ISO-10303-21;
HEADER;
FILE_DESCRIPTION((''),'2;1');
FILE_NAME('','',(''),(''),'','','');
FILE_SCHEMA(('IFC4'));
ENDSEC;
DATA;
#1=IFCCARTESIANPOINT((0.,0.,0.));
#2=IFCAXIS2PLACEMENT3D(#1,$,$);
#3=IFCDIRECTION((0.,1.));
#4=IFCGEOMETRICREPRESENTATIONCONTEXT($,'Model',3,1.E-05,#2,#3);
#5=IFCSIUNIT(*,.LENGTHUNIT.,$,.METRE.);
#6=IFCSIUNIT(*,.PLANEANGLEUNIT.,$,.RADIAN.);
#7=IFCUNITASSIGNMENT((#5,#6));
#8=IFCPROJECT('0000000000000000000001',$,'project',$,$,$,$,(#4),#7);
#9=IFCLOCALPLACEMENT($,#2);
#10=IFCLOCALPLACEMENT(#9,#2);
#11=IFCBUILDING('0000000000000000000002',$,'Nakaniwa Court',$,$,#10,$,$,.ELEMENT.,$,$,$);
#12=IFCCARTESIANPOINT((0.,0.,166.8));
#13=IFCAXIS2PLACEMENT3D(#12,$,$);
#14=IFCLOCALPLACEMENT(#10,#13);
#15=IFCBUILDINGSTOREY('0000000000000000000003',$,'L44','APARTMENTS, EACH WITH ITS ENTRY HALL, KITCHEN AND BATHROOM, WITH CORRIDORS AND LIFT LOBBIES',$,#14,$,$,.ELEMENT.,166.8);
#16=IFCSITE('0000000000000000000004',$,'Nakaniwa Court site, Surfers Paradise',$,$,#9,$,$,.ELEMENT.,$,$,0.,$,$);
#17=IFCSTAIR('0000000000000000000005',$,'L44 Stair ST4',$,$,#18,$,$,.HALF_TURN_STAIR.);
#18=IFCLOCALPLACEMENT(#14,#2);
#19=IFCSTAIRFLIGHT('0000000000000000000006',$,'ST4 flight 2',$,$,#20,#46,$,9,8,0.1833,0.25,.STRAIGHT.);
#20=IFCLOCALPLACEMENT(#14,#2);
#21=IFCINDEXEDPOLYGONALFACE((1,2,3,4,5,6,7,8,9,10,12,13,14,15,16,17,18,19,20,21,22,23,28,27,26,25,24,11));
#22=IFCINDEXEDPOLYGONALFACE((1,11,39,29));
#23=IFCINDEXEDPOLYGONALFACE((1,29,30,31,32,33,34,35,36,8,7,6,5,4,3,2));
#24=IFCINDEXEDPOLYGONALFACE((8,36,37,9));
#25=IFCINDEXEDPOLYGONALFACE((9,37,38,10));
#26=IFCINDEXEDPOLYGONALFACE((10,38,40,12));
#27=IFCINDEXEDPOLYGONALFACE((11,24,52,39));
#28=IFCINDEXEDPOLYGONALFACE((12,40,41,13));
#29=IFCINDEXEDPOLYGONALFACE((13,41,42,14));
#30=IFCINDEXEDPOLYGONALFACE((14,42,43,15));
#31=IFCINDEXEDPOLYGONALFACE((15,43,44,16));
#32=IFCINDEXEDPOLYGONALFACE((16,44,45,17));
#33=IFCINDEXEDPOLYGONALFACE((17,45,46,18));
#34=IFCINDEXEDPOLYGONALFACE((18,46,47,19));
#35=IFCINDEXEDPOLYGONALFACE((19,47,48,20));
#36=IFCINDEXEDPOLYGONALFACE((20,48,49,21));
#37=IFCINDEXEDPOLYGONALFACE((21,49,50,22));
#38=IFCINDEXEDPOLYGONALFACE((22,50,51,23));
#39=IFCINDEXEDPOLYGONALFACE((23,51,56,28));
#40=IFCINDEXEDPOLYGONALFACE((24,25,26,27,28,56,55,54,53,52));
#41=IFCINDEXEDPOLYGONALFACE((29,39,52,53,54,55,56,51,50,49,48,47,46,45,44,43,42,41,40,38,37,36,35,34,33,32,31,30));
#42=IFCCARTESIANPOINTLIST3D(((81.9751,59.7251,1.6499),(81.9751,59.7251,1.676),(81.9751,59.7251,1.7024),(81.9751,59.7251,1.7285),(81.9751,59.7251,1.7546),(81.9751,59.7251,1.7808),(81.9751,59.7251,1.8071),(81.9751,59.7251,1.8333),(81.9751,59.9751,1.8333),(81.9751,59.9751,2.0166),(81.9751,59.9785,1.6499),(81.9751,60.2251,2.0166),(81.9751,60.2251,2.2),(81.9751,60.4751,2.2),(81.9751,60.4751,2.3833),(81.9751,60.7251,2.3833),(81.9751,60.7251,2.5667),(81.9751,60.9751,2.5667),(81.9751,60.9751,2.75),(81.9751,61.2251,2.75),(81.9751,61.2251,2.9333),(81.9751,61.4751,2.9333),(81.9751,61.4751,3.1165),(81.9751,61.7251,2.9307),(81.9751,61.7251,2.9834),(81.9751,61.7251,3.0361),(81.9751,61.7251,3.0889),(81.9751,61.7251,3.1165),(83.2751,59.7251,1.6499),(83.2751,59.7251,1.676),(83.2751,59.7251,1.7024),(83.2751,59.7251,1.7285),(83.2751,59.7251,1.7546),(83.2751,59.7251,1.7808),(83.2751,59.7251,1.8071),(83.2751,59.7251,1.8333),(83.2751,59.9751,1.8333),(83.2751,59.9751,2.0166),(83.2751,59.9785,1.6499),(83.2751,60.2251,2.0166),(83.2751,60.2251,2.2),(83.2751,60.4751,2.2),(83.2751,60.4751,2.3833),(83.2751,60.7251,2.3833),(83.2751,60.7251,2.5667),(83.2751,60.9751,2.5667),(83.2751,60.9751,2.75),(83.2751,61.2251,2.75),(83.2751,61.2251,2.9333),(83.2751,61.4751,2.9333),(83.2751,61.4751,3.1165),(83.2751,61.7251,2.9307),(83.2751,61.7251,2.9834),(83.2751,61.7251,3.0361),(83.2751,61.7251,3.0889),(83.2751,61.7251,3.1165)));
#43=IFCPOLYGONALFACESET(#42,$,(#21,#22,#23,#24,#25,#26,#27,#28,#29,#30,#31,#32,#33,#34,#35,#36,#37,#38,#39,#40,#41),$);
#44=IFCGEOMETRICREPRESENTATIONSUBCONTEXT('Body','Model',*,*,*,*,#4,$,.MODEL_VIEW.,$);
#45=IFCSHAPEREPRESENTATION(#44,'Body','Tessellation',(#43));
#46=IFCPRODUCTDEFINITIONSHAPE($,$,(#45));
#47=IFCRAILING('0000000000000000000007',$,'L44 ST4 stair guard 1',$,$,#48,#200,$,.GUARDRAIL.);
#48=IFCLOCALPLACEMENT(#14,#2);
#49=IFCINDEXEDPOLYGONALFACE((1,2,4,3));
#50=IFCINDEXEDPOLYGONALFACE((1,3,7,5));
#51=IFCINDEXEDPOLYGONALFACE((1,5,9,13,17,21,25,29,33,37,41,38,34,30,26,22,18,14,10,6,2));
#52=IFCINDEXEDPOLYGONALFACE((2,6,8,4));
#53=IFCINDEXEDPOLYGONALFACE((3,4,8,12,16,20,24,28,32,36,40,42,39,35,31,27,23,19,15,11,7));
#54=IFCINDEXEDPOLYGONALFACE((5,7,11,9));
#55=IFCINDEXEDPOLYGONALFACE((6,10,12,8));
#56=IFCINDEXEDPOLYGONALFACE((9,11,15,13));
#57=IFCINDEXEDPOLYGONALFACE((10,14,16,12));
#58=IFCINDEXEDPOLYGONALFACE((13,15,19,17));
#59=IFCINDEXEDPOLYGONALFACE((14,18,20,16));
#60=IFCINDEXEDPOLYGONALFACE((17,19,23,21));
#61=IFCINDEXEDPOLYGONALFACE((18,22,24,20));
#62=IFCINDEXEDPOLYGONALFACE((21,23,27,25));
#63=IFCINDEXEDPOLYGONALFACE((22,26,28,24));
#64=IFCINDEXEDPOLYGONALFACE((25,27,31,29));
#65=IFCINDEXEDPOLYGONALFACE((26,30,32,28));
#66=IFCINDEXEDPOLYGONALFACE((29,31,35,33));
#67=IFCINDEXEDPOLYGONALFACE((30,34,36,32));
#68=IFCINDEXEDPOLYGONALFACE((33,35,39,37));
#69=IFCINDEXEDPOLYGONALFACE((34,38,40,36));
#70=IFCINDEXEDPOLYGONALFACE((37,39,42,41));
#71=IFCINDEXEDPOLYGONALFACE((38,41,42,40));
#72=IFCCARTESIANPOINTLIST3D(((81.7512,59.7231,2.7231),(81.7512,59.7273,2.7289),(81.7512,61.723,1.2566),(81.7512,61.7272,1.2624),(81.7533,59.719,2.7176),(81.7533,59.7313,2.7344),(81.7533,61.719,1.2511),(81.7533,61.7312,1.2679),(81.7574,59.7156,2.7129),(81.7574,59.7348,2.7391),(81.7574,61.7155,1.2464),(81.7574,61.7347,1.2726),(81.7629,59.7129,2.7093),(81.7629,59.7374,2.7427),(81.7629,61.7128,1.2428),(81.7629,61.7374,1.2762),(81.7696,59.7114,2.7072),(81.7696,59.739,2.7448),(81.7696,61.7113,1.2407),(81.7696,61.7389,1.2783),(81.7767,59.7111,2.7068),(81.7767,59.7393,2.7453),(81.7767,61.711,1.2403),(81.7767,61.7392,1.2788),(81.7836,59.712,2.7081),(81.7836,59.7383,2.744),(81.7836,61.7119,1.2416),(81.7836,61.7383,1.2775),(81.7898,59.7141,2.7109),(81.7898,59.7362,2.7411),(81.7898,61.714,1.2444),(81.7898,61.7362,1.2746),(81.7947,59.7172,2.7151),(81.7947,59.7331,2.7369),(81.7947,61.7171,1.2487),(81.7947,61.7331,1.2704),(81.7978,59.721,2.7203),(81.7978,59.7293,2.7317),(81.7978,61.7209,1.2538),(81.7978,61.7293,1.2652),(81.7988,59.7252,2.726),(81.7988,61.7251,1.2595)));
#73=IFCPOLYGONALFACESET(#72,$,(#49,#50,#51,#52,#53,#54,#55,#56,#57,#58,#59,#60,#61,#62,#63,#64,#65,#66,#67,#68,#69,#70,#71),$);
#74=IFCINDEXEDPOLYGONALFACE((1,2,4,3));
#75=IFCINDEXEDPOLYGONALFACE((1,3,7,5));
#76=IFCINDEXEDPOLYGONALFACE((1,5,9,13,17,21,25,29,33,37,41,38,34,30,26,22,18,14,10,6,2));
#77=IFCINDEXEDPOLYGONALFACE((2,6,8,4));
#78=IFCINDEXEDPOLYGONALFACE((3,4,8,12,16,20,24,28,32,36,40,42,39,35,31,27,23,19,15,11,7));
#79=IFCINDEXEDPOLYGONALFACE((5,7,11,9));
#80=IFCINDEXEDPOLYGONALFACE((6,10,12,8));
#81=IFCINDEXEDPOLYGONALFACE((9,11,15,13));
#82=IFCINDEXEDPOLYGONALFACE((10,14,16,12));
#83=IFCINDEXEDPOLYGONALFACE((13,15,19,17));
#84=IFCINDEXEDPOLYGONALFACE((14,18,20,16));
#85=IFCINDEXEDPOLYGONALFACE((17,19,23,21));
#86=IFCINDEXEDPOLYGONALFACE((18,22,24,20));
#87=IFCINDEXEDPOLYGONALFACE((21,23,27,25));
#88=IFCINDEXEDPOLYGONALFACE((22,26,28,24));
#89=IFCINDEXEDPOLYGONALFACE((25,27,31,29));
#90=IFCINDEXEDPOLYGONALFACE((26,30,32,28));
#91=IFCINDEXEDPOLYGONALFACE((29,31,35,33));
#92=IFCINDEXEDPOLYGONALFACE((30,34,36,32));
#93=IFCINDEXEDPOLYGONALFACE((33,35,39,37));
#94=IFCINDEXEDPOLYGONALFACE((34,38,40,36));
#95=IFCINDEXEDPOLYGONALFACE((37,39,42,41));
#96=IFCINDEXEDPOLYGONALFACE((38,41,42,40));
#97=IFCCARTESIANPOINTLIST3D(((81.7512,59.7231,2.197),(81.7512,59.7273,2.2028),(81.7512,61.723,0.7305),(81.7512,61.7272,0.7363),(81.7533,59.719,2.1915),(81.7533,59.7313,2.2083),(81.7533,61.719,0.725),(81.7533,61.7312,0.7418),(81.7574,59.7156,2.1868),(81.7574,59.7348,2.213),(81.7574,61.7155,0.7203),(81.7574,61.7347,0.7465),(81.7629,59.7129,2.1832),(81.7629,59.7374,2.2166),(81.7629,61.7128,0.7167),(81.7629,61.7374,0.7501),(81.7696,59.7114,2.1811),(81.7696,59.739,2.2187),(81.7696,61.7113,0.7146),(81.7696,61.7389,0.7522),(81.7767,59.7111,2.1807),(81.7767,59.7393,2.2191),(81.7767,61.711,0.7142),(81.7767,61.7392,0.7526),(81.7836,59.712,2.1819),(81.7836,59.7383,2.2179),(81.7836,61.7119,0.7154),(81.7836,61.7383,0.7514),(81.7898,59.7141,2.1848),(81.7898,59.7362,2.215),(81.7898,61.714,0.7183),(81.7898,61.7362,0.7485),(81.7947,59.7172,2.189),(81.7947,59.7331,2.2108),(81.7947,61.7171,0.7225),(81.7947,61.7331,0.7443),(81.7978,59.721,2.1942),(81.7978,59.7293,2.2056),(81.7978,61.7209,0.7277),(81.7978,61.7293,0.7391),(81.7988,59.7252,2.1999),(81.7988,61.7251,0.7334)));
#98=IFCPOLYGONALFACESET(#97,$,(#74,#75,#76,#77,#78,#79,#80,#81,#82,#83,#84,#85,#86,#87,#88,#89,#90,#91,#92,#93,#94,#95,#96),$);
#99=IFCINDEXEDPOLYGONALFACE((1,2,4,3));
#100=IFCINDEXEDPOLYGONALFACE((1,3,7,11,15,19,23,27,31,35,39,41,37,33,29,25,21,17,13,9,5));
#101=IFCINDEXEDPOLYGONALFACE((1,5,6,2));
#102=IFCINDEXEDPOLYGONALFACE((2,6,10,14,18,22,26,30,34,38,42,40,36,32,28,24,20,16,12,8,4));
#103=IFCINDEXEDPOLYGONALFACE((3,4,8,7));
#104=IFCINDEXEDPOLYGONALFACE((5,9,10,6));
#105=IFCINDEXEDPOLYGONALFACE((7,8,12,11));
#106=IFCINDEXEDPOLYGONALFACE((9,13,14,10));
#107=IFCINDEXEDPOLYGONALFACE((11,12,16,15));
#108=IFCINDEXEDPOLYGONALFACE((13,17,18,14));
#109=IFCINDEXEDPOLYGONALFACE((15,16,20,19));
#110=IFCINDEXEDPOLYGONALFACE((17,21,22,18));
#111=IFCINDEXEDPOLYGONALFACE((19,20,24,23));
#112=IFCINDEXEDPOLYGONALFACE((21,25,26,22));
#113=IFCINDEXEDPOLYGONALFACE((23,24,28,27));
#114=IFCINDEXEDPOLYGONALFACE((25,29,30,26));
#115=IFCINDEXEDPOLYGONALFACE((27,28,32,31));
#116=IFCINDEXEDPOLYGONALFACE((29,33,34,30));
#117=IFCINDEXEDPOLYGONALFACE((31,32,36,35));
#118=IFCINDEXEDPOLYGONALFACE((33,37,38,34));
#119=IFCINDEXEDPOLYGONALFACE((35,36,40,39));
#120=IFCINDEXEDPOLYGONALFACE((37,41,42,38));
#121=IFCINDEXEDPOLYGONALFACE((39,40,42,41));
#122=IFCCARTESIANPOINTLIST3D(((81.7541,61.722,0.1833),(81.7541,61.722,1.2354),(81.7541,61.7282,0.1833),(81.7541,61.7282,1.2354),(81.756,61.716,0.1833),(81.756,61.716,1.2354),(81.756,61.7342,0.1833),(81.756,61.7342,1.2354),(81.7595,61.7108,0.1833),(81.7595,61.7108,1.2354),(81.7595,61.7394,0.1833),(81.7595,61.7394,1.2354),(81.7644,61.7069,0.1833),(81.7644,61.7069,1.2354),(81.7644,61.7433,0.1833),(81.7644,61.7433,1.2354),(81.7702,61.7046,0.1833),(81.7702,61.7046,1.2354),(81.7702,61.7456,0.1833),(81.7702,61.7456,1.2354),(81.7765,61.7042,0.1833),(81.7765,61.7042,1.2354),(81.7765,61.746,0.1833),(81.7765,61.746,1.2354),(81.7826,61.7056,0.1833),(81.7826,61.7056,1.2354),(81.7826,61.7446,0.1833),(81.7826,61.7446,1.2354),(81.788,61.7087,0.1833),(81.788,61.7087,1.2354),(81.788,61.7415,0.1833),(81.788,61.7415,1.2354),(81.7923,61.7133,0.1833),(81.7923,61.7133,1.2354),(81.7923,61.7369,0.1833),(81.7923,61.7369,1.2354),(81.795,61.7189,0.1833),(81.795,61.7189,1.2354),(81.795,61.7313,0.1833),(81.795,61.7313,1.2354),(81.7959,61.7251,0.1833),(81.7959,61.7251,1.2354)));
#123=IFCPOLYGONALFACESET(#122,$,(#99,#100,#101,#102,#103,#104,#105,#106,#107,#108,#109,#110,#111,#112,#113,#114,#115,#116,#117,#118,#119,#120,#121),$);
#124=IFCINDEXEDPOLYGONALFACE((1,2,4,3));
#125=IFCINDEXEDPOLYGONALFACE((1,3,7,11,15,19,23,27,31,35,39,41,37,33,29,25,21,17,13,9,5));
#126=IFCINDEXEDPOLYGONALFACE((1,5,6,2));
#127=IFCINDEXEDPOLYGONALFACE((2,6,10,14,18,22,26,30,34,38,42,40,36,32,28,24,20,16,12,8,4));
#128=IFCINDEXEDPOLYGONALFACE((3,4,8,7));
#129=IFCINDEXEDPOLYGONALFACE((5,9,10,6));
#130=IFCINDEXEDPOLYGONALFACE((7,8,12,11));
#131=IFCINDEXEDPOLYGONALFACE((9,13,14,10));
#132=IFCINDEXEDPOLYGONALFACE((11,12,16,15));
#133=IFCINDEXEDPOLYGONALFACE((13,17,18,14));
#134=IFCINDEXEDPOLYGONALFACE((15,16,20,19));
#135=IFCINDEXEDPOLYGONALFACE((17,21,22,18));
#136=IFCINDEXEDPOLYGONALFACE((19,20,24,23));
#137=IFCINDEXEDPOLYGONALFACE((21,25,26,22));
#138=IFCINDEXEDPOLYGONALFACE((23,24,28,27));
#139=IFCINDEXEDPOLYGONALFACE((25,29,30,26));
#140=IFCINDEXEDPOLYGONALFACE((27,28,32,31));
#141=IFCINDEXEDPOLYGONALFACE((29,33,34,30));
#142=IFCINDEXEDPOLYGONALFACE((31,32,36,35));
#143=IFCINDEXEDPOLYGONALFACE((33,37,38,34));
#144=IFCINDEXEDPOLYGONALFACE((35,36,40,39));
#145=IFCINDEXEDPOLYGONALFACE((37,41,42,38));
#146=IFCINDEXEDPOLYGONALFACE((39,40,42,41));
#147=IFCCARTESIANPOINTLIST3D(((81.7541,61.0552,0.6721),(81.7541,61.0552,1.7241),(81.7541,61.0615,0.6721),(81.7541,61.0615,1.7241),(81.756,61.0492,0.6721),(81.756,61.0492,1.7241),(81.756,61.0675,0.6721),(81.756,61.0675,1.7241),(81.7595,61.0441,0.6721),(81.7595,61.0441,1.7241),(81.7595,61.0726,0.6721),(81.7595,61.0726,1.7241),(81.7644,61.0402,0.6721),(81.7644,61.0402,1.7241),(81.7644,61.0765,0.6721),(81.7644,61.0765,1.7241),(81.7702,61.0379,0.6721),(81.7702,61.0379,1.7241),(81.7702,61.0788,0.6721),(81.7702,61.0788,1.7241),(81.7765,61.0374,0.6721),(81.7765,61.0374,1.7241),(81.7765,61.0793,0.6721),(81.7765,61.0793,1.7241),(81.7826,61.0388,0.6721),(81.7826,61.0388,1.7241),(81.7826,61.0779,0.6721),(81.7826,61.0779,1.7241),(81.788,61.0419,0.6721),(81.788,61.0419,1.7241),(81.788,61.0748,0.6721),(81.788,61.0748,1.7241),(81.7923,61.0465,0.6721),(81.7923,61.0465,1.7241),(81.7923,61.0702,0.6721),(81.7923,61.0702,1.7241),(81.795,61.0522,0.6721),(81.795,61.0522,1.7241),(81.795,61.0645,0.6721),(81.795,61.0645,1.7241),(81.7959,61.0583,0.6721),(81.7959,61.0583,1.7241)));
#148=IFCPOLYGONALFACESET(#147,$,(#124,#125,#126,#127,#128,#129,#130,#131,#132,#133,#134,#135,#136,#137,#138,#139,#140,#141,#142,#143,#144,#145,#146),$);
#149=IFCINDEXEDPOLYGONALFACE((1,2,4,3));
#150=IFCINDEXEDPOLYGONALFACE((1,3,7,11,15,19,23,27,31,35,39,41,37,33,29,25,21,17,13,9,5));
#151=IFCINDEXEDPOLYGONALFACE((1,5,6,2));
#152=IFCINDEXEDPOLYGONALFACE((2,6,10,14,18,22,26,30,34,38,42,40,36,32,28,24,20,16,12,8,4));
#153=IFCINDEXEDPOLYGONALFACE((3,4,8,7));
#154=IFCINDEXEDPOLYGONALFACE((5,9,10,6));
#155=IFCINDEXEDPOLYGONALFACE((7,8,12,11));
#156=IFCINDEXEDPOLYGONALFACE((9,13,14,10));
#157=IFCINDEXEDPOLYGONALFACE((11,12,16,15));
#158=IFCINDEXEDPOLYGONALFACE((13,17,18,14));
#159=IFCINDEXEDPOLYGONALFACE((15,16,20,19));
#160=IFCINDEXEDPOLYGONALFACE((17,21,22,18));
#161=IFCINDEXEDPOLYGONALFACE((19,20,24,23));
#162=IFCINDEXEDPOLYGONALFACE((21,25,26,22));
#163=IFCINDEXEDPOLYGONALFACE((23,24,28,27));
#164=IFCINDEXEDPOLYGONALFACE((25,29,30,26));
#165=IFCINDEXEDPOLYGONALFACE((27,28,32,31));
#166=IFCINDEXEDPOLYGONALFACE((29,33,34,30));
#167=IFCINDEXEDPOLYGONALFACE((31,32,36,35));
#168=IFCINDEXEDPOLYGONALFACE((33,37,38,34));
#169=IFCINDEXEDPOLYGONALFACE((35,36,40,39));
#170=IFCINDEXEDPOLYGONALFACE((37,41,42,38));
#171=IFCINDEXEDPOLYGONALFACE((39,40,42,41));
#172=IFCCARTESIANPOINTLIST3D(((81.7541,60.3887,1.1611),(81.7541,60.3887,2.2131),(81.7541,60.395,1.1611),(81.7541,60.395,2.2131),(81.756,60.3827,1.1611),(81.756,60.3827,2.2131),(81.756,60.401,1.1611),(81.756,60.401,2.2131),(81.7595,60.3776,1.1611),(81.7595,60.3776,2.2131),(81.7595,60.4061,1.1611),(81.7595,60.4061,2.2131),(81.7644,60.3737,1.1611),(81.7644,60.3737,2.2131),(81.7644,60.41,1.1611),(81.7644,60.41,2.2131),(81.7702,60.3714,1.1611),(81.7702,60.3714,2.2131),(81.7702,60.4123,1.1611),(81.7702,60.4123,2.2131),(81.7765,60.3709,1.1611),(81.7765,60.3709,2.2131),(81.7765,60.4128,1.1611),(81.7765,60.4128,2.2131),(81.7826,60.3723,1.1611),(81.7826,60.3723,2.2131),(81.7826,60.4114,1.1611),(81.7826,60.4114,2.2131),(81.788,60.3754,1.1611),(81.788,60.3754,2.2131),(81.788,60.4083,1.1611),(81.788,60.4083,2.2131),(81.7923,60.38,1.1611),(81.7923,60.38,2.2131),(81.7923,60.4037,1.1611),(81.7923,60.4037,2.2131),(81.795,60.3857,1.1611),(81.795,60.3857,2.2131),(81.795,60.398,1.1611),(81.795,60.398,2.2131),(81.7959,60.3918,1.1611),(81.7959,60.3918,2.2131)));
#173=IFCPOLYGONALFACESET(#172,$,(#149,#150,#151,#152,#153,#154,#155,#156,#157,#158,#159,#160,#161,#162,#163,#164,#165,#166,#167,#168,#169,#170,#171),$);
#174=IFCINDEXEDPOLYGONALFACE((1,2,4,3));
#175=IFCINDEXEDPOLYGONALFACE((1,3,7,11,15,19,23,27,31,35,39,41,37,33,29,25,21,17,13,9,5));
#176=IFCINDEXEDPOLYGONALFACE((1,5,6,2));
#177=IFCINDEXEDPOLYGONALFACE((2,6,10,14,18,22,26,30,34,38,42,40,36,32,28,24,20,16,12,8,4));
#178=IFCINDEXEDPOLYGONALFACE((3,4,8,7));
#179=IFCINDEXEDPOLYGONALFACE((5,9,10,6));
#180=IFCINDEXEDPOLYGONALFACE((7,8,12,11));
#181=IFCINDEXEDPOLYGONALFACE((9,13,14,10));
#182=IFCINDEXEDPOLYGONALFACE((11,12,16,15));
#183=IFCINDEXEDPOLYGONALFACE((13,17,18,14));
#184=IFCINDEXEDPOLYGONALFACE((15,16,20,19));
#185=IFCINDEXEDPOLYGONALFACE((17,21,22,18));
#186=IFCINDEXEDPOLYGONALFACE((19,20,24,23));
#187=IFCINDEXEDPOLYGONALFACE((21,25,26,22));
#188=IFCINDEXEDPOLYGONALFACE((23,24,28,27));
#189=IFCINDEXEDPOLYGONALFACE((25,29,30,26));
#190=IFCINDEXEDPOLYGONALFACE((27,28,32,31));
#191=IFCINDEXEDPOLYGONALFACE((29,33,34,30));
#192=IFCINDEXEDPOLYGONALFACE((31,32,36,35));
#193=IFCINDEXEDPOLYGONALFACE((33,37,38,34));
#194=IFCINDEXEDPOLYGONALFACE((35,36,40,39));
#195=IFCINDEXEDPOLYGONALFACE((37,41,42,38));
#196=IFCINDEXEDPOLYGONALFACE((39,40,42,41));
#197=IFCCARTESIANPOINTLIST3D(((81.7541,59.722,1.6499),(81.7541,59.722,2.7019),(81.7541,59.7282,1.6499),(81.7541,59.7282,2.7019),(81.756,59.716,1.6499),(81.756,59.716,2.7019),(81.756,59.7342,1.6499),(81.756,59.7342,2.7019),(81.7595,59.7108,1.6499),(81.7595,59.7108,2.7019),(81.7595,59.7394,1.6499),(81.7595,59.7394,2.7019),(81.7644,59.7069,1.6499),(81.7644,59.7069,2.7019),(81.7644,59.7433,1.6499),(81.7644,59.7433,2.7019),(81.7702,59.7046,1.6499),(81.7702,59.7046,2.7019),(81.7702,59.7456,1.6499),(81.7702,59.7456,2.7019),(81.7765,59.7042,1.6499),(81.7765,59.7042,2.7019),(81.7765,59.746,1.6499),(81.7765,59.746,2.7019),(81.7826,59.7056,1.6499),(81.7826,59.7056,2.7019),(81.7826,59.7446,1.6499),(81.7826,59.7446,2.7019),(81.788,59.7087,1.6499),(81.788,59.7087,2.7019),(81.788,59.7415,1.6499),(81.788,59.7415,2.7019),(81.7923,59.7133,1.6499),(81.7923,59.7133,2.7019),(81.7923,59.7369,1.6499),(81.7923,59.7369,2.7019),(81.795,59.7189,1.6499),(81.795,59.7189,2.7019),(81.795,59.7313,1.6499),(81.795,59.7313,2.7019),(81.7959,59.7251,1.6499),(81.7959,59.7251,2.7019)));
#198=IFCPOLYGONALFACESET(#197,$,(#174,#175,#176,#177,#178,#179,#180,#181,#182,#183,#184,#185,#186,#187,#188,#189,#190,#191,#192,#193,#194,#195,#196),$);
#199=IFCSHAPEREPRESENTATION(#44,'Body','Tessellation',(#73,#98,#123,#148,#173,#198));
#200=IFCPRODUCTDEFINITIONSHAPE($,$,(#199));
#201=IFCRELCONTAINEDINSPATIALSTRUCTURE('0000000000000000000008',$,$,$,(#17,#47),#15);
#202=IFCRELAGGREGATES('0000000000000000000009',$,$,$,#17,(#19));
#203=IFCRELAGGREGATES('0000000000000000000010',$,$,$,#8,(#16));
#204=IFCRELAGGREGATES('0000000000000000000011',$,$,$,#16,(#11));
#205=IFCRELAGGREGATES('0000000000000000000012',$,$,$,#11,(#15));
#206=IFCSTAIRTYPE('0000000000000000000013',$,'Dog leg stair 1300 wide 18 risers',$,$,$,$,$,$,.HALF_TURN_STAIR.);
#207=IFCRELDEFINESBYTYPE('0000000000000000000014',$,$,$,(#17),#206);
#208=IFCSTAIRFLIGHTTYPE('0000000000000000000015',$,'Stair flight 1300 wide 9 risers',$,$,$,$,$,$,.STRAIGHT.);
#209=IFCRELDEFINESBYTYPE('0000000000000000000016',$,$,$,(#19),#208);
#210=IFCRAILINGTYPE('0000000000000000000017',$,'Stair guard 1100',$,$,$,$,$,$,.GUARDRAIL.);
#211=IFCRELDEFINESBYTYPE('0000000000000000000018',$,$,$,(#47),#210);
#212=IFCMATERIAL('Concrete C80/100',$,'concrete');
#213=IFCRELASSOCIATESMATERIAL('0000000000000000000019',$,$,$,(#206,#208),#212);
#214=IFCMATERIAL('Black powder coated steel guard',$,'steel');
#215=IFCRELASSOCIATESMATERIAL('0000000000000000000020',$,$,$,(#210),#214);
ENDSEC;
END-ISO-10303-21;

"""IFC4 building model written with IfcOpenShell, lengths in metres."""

from ifc_helpers import new_model, si_unit, direction, frame, origin, origin_2d, place, context, subcontext, project, spatial, polyline, circle, outline, extrude, material, type_object, element, aggregate, save


model = new_model("IFC4")

# Units and contexts
model_context = context("Model", 3, precision=1e-05, world=origin(), true_north=direction((0.0, 1.0)))
body_context = subcontext(model_context, "Body", "Model", "MODEL_VIEW")
ifc_project = project(units=[si_unit("LENGTHUNIT", "METRE"), si_unit("PLANEANGLEUNIT", "RADIAN")], contexts=[model_context])

# Site, building, storey
site_placement = place(None, origin())
site = spatial("IfcSite", under=ifc_project, at=site_placement, Name="Nakaniwa Court site, Surfers Paradise", CompositionType="ELEMENT", RefElevation=0.0)
building_placement = place(site_placement, origin())
building = spatial("IfcBuilding", under=site, at=building_placement, Name="Nakaniwa Court", CompositionType="ELEMENT")
storey_placement = place(building_placement, frame((0.0, 0.0, 166.8)))
storey = spatial("IfcBuildingStorey", under=building, at=storey_placement, Name="L44", Description="APARTMENTS, EACH WITH ITS ENTRY HALL, KITCHEN AND BATHROOM, WITH CORRIDORS AND LIFT LOBBIES", CompositionType="ELEMENT", Elevation=166.8)

# Shared definitions
ifc_material_1 = material(Name="Concrete C80/100", Category="concrete")

# Stair, stair flight
stair_type = type_object("IfcStairType", Name="Dog leg stair 1300 wide 18 risers", PredefinedType="HALF_TURN_STAIR", material=ifc_material_1)
stair_placement = place(storey_placement, origin())
stair = element("IfcStair", 1, at=stair_placement, inside=storey, type_object=stair_type, Name="L44 Stair ST4", PredefinedType="HALF_TURN_STAIR")
stair_flight_type = type_object("IfcStairFlightType", Name="Stair flight 1300 wide 9 risers", PredefinedType="STRAIGHT", material=ifc_material_1)
stair_flight_1_placement = place(storey_placement, frame((82.625, 59.7251, 1.6499), z_axis=(0.0, 0.0, 1.0), x_axis=(0.0, 1.0, 0.0)))
stair_flight_1 = element("IfcStairFlight", 2, at=stair_flight_1_placement, type_object=stair_flight_type, Name="ST4 flight 2", NumberOfRisers=9, NumberOfTreads=8, PredefinedType="STRAIGHT", RiserHeight=0.1833, TreadLength=0.25, context=body_context, shape_type="SweptSolid", body=[
    extrude(outline(polyline([(0.0, 0.0), (0.0, 0.0261), (0.0, 0.0525), (0.0, 0.0786), (0.0, 0.1047), (0.0, 0.1309), (0.0, 0.1572), (0.0, 0.1833), (0.25, 0.1833), (0.25, 0.3667), (0.5, 0.3667), (0.5, 0.55), (0.75, 0.55), (0.75, 0.7334), (1.0, 0.7334), (1.0, 0.9167), (1.25, 0.9167), (1.25, 1.1001), (1.5, 1.1001), (1.5, 1.2834), (1.75, 1.2834), (1.75, 1.4666), (2.0, 1.4666), (2.0, 1.6499), (2.0, 1.5972), (2.0, 1.5444), (2.0, 1.4917), (2.0, 1.439), (2.0, 1.3862), (2.0, 1.3335), (2.0, 1.2808), (0.2534, 0.0), (0.0, 0.0)])), frame((0.0, 0.6499, 0.0), z_axis=(0.0, -1.0, 0.0), x_axis=(1.0, 0.0, 0.0)), (0.0, 0.0, 1.0), 1.3),
])
aggregate(stair, [stair_flight_1])

# Railing
ifc_material_2 = material(Name="Black powder coated steel guard", Category="steel")
railing_type_1 = type_object("IfcRailingType", Name="Stair guard 1100", PredefinedType="GUARDRAIL", material=ifc_material_2)
railing_1_placement = place(storey_placement, frame((81.7749, 61.7251, 0.1833)))
element("IfcRailing", 3, at=railing_1_placement, inside=storey, type_object=railing_type_1, Name="L44 ST4 stair guard 1", PredefinedType="GUARDRAIL", context=body_context, shape_type="SweptSolid", body=[
    extrude(circle(Radius=0.0239, at=origin_2d()), frame((0.0, 0.0, 1.0762), z_axis=(0.0, -0.806427, 0.591334), x_axis=(1.0, 0.0, 0.0)), (0.0, 0.0, 1.0), 2.48),
    extrude(circle(Radius=0.0239, at=origin_2d()), frame((0.0, 0.0, 0.55), z_axis=(0.0, -0.806427, 0.591334), x_axis=(1.0, 0.0, 0.0)), (0.0, 0.0, 1.0), 2.48),
    extrude(circle(Radius=0.021, at=origin_2d()), origin(), (0.0, 0.0, 1.0), 1.052),
    extrude(circle(Radius=0.021, at=origin_2d()), frame((0.0, -0.6667, 0.4888)), (0.0, 0.0, 1.0), 1.052),
    extrude(circle(Radius=0.021, at=origin_2d()), frame((0.0, -1.3333, 0.9778)), (0.0, 0.0, 1.0), 1.052),
    extrude(circle(Radius=0.021, at=origin_2d()), frame((0.0, -2.0, 1.4666)), (0.0, 0.0, 1.0), 1.052),
])

save(model, "model.ifc")
